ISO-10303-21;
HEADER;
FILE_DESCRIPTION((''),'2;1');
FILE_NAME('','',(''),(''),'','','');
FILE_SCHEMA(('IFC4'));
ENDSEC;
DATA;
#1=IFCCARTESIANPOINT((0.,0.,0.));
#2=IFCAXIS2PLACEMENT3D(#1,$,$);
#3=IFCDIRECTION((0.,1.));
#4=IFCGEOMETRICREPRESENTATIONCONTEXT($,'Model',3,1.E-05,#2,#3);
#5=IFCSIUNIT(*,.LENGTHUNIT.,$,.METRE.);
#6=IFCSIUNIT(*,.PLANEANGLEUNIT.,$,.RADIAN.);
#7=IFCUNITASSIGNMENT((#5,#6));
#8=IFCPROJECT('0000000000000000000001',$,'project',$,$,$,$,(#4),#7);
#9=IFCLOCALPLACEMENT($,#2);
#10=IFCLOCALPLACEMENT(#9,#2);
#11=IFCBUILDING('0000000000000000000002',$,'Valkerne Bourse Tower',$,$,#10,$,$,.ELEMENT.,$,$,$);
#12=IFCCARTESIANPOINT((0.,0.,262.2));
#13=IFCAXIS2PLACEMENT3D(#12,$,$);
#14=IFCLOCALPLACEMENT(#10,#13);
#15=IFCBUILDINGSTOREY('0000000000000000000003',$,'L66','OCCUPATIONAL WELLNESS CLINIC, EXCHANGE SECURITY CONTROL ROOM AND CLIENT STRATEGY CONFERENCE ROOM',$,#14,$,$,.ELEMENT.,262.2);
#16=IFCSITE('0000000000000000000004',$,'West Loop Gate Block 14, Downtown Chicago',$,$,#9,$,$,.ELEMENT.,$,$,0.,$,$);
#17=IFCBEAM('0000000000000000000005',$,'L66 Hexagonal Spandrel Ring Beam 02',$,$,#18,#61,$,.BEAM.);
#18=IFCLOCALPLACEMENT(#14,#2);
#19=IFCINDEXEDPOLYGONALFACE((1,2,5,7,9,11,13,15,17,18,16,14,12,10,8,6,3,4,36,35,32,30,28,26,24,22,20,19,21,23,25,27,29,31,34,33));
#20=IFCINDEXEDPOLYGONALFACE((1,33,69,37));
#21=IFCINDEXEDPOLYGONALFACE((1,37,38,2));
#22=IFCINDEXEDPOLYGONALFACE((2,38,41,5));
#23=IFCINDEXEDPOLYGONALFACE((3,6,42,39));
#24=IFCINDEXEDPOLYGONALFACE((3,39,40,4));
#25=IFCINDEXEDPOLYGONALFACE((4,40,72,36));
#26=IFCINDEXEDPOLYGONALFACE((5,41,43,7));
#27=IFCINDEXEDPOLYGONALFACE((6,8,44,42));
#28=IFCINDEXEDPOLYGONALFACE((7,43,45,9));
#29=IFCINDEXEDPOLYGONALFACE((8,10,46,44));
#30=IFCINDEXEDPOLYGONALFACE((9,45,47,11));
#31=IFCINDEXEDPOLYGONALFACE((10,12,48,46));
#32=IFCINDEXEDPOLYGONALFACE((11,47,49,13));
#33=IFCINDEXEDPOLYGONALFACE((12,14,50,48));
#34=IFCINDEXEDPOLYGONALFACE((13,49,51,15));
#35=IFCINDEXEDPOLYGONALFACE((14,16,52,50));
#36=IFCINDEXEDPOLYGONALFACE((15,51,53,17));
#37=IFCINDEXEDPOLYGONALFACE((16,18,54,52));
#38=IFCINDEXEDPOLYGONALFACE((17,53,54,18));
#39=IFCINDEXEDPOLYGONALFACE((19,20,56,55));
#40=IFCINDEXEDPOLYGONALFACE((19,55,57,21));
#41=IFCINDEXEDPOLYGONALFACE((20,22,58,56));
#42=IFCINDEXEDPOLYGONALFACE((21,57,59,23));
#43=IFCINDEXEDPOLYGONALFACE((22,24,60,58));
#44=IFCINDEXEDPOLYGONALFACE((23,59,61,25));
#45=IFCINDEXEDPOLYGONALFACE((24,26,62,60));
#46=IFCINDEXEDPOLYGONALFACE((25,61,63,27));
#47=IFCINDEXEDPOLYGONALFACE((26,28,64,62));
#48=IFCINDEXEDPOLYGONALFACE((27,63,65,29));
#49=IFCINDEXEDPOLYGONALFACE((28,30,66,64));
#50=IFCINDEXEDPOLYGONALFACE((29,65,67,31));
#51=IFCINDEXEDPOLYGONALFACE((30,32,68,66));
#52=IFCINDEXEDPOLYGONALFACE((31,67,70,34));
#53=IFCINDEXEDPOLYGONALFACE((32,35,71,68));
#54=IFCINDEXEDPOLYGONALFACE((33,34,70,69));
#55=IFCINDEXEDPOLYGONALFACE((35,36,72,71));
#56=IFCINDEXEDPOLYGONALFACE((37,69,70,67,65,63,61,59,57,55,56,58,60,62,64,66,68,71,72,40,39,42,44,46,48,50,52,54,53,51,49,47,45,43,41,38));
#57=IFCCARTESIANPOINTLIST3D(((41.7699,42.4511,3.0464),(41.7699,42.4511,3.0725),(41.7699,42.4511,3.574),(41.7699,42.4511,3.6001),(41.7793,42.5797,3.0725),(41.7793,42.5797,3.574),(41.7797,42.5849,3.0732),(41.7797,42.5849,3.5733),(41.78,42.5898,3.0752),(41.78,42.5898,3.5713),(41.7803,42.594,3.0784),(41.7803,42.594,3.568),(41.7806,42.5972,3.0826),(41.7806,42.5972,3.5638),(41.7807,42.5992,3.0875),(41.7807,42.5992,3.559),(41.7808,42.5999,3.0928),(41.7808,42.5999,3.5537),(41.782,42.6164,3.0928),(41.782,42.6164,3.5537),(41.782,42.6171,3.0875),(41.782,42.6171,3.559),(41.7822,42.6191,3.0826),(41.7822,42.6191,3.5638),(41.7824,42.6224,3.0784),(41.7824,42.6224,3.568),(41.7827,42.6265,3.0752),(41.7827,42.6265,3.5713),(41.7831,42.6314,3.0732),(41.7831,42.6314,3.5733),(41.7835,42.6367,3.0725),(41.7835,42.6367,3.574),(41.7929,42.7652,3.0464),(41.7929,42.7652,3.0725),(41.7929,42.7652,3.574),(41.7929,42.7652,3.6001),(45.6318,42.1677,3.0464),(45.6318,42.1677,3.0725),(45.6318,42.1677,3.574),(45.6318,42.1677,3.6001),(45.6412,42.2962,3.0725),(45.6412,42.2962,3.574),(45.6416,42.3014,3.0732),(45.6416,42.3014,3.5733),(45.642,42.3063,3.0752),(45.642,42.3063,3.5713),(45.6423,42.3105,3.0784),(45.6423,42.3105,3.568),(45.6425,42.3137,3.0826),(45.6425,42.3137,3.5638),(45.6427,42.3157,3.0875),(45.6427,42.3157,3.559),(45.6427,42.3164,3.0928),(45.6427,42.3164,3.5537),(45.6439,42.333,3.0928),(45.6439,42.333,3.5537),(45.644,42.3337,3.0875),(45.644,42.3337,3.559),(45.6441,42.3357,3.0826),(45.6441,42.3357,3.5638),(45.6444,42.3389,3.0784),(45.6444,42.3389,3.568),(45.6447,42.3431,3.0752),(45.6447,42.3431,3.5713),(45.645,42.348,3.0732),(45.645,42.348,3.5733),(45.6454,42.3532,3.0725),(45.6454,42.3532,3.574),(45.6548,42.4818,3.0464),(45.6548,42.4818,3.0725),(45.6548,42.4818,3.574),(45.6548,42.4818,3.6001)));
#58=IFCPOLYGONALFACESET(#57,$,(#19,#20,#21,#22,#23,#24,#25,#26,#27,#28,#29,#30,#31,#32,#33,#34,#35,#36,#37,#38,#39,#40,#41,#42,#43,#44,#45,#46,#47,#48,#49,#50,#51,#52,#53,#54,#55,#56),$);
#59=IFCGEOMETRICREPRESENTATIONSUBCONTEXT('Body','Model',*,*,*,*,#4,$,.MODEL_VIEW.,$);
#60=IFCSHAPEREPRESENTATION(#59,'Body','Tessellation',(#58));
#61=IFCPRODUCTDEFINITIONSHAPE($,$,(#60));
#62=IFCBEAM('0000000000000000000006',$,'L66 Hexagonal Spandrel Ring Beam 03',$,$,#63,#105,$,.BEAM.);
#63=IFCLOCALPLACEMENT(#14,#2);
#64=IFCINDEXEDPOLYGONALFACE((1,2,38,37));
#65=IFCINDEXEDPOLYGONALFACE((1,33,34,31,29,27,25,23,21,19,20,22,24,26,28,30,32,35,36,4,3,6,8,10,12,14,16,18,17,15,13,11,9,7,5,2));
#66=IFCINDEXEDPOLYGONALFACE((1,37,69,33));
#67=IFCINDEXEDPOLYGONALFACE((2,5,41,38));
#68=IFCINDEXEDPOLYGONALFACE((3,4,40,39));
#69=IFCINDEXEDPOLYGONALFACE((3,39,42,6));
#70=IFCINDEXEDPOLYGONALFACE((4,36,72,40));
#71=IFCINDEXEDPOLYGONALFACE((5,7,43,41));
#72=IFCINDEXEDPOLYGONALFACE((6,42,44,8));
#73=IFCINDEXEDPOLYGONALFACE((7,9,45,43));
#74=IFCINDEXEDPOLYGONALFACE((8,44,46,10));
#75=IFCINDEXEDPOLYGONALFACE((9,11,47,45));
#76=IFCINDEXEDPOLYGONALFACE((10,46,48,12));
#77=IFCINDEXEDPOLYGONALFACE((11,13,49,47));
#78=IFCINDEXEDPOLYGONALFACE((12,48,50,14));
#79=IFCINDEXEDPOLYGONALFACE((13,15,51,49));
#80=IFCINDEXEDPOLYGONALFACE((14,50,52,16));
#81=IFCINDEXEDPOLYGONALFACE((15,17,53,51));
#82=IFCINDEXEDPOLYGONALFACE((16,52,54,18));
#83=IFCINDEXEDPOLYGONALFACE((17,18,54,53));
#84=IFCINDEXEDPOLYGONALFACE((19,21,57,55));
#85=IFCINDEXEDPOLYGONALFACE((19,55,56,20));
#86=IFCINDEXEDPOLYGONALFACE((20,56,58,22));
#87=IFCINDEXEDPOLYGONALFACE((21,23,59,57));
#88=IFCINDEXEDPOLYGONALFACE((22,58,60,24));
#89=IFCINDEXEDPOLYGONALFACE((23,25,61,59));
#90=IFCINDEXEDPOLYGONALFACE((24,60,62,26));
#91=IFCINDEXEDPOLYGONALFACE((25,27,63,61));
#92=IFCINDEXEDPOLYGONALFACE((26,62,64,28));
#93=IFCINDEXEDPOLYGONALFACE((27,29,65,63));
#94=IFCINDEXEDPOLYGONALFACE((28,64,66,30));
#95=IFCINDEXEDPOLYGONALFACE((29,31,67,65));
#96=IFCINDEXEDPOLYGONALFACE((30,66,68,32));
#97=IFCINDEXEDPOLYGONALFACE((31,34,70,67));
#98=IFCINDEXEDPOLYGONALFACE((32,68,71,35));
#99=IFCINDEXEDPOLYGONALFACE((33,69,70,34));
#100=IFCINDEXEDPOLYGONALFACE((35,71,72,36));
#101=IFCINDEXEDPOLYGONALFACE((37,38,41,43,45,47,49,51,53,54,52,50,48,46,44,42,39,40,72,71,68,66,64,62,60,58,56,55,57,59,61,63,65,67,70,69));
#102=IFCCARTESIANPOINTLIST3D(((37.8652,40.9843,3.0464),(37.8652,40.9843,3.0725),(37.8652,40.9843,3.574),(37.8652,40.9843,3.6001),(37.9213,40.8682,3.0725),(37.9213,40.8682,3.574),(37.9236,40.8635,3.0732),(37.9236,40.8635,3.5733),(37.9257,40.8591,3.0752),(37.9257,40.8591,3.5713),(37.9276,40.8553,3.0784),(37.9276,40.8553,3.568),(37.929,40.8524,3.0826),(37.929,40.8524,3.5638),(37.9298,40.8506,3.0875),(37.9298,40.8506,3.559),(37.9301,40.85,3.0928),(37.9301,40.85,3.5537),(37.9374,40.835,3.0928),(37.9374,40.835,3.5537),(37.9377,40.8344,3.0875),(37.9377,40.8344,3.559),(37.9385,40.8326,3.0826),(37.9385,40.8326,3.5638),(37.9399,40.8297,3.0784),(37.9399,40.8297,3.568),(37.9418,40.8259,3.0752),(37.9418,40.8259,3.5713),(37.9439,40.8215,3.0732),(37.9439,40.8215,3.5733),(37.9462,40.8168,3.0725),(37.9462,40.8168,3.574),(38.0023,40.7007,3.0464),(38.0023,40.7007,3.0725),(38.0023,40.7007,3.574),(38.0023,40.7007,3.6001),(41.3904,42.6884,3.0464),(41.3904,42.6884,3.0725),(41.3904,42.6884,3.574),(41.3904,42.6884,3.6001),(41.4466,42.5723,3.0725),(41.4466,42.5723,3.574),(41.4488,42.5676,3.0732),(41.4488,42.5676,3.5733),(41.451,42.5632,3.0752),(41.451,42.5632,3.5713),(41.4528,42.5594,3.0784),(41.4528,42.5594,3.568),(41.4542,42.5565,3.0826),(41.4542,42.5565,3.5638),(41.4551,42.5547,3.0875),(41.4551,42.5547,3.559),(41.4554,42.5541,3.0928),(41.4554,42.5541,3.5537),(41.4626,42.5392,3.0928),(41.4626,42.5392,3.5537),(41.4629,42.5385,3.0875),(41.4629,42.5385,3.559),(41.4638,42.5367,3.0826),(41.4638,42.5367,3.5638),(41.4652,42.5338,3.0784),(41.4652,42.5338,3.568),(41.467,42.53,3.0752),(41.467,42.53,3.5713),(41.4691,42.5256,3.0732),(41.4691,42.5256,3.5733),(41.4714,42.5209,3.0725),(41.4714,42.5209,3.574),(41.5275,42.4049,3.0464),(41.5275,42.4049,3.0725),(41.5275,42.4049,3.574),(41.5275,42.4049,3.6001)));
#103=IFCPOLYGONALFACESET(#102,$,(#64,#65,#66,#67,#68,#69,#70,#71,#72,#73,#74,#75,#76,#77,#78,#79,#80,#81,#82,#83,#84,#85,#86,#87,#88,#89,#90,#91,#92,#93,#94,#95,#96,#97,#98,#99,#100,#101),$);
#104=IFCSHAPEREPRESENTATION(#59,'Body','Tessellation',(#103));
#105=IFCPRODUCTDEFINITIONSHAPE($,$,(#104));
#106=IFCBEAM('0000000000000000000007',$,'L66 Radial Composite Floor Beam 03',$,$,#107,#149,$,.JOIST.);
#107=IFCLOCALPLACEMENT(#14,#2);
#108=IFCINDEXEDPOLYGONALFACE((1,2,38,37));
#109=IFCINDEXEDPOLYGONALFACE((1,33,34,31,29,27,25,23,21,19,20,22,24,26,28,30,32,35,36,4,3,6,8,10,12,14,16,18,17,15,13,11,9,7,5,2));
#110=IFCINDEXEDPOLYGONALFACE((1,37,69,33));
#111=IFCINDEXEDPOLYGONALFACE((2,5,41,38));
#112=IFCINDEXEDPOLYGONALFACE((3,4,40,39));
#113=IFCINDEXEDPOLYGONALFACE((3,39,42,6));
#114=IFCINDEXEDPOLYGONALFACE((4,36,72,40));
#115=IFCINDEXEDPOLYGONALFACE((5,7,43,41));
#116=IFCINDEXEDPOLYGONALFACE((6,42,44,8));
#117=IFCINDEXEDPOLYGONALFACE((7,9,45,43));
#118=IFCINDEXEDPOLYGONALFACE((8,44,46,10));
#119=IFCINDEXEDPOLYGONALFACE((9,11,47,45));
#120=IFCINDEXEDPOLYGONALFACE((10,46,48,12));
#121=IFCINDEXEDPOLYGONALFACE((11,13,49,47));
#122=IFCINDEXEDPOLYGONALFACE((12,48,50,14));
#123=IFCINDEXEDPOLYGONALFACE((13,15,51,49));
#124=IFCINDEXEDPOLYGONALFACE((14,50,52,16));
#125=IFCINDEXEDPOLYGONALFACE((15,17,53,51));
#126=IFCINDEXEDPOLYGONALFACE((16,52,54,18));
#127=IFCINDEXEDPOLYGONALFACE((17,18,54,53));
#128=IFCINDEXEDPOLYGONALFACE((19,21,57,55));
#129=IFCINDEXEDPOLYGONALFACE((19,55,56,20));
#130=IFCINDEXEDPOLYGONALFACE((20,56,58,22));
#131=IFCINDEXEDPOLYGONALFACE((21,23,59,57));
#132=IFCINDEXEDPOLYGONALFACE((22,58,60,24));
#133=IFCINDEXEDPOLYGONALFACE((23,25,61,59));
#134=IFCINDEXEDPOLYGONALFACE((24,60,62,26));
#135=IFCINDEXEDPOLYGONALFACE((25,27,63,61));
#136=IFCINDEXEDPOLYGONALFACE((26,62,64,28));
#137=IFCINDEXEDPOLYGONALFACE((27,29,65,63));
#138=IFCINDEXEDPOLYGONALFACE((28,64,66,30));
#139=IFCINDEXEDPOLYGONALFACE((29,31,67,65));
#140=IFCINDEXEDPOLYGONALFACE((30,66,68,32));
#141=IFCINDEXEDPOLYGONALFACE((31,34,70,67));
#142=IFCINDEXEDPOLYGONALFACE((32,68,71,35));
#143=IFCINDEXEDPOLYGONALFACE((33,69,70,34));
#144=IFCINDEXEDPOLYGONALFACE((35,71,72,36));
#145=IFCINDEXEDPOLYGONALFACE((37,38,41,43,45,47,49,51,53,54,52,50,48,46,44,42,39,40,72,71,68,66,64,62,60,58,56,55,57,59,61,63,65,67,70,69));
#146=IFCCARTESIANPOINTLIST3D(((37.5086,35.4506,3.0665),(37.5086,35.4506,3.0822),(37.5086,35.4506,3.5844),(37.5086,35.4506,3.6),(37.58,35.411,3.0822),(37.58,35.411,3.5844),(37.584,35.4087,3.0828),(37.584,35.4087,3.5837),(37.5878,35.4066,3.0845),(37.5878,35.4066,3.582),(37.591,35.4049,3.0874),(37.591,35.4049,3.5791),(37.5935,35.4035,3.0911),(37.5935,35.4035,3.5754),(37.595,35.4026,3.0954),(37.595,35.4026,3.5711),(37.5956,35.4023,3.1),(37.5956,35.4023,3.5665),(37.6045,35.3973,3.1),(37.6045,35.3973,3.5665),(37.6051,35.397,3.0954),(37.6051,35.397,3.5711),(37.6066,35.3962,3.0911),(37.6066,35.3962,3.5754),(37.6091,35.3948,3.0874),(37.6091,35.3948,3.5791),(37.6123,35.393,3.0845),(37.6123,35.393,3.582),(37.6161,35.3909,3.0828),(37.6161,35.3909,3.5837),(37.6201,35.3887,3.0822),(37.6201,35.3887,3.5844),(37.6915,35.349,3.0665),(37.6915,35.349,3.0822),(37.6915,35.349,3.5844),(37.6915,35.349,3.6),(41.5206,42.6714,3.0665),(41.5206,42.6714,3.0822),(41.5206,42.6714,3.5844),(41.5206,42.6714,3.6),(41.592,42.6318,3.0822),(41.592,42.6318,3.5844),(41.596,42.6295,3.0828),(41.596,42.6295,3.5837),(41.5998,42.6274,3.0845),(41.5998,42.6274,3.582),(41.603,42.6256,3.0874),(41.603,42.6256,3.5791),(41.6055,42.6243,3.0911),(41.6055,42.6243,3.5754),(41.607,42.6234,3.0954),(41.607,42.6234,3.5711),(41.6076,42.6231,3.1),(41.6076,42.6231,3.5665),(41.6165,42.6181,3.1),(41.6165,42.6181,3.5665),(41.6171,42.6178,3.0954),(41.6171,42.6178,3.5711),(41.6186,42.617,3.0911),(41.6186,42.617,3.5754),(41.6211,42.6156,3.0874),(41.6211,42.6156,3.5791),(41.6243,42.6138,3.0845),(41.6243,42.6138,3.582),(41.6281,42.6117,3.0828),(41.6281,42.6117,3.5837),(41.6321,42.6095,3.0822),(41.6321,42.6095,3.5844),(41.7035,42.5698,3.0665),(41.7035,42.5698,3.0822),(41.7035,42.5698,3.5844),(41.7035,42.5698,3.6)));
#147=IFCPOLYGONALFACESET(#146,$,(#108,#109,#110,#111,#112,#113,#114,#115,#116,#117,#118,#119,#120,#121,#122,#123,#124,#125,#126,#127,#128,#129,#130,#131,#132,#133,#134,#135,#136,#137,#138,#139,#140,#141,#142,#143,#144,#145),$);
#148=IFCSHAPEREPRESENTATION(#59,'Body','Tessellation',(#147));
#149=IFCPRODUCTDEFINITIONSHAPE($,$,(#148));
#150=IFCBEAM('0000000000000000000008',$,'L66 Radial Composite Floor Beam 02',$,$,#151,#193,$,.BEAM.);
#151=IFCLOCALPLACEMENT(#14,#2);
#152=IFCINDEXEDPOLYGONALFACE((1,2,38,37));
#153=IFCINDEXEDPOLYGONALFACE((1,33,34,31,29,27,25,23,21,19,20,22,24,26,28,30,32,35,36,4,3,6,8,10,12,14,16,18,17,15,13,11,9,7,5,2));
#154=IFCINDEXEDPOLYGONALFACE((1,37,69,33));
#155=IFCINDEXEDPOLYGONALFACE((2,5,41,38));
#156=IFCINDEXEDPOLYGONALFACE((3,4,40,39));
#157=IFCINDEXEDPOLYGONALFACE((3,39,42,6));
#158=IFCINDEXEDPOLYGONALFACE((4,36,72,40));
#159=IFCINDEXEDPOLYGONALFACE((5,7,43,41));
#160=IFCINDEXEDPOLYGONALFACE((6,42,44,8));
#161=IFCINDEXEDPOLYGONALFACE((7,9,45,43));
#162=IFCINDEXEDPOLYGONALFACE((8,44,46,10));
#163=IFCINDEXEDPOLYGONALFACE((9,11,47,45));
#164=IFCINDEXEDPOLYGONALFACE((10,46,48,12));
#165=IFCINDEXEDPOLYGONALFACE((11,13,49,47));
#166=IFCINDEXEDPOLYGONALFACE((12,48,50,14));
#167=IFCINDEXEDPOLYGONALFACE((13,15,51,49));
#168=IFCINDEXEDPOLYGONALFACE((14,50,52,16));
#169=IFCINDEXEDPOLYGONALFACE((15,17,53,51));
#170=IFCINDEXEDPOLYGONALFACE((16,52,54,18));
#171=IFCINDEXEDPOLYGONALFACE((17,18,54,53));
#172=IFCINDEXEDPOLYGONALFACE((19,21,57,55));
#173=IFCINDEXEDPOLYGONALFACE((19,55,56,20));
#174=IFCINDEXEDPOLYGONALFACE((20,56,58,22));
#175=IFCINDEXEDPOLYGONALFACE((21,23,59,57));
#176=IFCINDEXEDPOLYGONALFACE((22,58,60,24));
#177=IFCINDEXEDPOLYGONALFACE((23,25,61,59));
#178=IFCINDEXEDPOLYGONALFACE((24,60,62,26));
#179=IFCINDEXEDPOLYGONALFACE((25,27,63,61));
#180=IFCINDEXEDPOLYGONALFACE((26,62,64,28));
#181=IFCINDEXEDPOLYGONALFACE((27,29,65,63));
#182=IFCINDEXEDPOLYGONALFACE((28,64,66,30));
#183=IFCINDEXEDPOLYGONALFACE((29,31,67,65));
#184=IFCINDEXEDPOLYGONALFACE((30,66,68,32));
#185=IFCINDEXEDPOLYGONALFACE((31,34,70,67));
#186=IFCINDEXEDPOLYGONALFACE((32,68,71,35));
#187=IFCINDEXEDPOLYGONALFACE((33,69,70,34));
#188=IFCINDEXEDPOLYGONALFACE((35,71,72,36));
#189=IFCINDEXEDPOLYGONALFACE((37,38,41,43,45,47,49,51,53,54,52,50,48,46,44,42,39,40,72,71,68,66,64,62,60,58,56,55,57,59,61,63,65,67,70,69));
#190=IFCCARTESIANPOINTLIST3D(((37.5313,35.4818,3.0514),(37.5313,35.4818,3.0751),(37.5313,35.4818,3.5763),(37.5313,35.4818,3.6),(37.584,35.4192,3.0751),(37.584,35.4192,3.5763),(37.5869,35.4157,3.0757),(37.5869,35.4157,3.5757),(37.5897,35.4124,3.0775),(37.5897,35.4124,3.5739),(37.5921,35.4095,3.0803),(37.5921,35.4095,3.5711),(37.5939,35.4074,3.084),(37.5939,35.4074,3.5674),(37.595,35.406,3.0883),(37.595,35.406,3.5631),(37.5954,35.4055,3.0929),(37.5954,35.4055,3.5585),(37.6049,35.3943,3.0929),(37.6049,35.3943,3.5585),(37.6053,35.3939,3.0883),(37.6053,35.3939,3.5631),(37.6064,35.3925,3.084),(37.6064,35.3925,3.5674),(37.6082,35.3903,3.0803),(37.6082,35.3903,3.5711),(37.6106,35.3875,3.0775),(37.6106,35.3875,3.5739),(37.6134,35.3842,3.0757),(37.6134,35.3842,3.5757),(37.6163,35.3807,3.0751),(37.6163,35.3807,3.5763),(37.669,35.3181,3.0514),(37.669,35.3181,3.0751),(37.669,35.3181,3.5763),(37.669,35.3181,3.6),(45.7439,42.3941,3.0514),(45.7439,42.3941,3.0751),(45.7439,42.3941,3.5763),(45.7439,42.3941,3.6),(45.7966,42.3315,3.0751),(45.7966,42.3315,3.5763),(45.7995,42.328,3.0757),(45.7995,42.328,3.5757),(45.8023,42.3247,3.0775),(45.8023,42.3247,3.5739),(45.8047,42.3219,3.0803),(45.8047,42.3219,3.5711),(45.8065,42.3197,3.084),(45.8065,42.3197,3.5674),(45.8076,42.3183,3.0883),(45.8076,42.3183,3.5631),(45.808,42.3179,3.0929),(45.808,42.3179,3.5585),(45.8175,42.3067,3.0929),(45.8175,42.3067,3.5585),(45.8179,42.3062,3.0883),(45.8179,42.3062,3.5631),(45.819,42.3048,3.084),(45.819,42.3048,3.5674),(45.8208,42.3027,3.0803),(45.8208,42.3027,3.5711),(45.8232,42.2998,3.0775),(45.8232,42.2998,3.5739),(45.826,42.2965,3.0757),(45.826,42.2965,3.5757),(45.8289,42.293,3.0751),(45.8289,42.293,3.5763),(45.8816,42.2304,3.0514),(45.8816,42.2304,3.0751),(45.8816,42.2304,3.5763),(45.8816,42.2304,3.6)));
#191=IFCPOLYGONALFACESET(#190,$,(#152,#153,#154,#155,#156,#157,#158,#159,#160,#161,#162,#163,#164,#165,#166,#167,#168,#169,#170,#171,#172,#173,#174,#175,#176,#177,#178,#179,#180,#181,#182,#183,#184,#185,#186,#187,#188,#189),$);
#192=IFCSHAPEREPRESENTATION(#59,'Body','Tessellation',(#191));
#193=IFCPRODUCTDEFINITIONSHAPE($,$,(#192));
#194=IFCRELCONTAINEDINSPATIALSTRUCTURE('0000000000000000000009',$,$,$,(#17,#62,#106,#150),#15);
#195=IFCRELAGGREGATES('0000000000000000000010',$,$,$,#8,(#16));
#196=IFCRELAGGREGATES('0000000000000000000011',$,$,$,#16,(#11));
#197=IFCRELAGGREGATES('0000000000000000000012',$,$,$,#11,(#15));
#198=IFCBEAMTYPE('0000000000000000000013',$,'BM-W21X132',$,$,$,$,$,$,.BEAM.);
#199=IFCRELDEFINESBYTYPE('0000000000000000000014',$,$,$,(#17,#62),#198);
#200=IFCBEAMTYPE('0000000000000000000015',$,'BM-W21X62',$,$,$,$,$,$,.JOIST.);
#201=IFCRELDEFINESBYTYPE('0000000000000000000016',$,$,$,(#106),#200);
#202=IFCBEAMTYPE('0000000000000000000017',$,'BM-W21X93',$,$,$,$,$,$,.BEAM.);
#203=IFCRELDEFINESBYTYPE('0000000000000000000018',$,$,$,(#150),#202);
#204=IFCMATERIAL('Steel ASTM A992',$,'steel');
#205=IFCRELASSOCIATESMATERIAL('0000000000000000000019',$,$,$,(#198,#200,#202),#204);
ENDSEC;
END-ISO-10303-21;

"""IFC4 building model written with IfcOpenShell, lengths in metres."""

from ifc_helpers import new_model, si_unit, direction, frame, origin, origin_2d, place, context, subcontext, project, spatial, i_section, extrude, material, material_profile, profile_set, type_object, element, save


model = new_model("IFC4")

# Units and contexts
model_context = context("Model", 3, precision=1e-05, world=origin(), true_north=direction((0.0, 1.0)))
body_context = subcontext(model_context, "Body", "Model", "MODEL_VIEW")
ifc_project = project(units=[si_unit("LENGTHUNIT", "METRE"), si_unit("PLANEANGLEUNIT", "RADIAN")], contexts=[model_context])

# Site, building, storey
site_placement = place(None, origin())
site = spatial("IfcSite", under=ifc_project, at=site_placement, Name="West Loop Gate Block 14, Downtown Chicago", CompositionType="ELEMENT", RefElevation=0.0)
building_placement = place(site_placement, origin())
building = spatial("IfcBuilding", under=site, at=building_placement, Name="Valkerne Bourse Tower", CompositionType="ELEMENT")
storey_placement = place(building_placement, frame((0.0, 0.0, 262.2)))
storey = spatial("IfcBuildingStorey", under=building, at=storey_placement, Name="L66", Description="OCCUPATIONAL WELLNESS CLINIC, EXCHANGE SECURITY CONTROL ROOM AND CLIENT STRATEGY CONFERENCE ROOM", CompositionType="ELEMENT", Elevation=262.2)

# Beams
ifc_material_1 = material(Name="Steel ASTM A992", Category="steel")
ifc_material_profile_1 = material_profile(ifc_material_1, i_section(OverallWidth=0.3149, OverallDepth=0.5537, WebThickness=0.0166, FlangeThickness=0.0261, FilletRadius=0.0203, at=origin_2d()), Name="W21X132")
ifc_profile_set_1 = profile_set([ifc_material_profile_1], Name="Steel ASTM A992")
beam_type_1 = type_object("IfcBeamType", Name="BM-W21X132", PredefinedType="BEAM", material=ifc_profile_set_1)
beam_1_placement = place(storey_placement, frame((45.6433, 42.3247, 3.3232), z_axis=(-0.997317, 0.0732, 0.0), x_axis=(-0.0732, -0.997317, 0.0)))
element("IfcBeam", 1, at=beam_1_placement, inside=storey, type_object=beam_type_1, Name="L66 Hexagonal Spandrel Ring Beam 02", PredefinedType="BEAM", context=body_context, shape_type="SweptSolid", body=[
    extrude(i_section(OverallWidth=0.3149, OverallDepth=0.5537, WebThickness=0.0166, FlangeThickness=0.0261, FilletRadius=0.0203, at=origin_2d()), origin(), (0.0, 0.0, 1.0), 3.8723),
])
beam_2_placement = place(storey_placement, frame((41.459, 42.5466, 3.3232), z_axis=(-0.900321, -0.435227, 0.0), x_axis=(0.435227, -0.900321, 0.0)))
element("IfcBeam", 2, at=beam_2_placement, inside=storey, type_object=beam_type_1, Name="L66 Hexagonal Spandrel Ring Beam 03", PredefinedType="BEAM", context=body_context, shape_type="SweptSolid", body=[
    extrude(i_section(OverallWidth=0.3149, OverallDepth=0.5537, WebThickness=0.0166, FlangeThickness=0.0261, FilletRadius=0.0203, at=origin_2d()), origin(), (0.0, 0.0, 1.0), 3.9155),
])
ifc_material_profile_2 = material_profile(ifc_material_1, i_section(OverallWidth=0.2092, OverallDepth=0.5334, WebThickness=0.0103, FlangeThickness=0.0156, FilletRadius=0.0178, at=origin_2d()), Name="W21X62")
ifc_profile_set_2 = profile_set([ifc_material_profile_2], Name="Steel ASTM A992")
beam_type_2 = type_object("IfcBeamType", Name="BM-W21X62", PredefinedType="JOIST", material=ifc_profile_set_2)
beam_3_placement = place(storey_placement, frame((41.6121, 42.6206, 3.3333), z_axis=(-0.485686, -0.874134, 0.0), x_axis=(0.874134, -0.485686, 0.0)))
element("IfcBeam", 3, at=beam_3_placement, inside=storey, type_object=beam_type_2, Name="L66 Radial Composite Floor Beam 03", PredefinedType="JOIST", context=body_context, shape_type="SweptSolid", body=[
    extrude(i_section(OverallWidth=0.2092, OverallDepth=0.5334, WebThickness=0.0103, FlangeThickness=0.0156, FilletRadius=0.0178, at=origin_2d()), origin(), (0.0, 0.0, 1.0), 8.2605),
])
ifc_material_profile_3 = material_profile(ifc_material_1, i_section(OverallWidth=0.2139, OverallDepth=0.5486, WebThickness=0.0146, FlangeThickness=0.0237, FilletRadius=0.0178, at=origin_2d()), Name="W21X93")
ifc_profile_set_3 = profile_set([ifc_material_profile_3], Name="Steel ASTM A992")
beam_type_3 = type_object("IfcBeamType", Name="BM-W21X93", PredefinedType="BEAM", material=ifc_profile_set_3)
beam_4_placement = place(storey_placement, frame((45.8127, 42.3123, 3.3257), z_axis=(-0.765075, -0.643942, 0.0), x_axis=(0.643942, -0.765075, 0.0)))
element("IfcBeam", 4, at=beam_4_placement, inside=storey, type_object=beam_type_3, Name="L66 Radial Composite Floor Beam 02", PredefinedType="BEAM", context=body_context, shape_type="SweptSolid", body=[
    extrude(i_section(OverallWidth=0.2139, OverallDepth=0.5486, WebThickness=0.0146, FlangeThickness=0.0237, FilletRadius=0.0178, at=origin_2d()), origin(), (0.0, 0.0, 1.0), 10.7344),
])

save(model, "model.ifc")
